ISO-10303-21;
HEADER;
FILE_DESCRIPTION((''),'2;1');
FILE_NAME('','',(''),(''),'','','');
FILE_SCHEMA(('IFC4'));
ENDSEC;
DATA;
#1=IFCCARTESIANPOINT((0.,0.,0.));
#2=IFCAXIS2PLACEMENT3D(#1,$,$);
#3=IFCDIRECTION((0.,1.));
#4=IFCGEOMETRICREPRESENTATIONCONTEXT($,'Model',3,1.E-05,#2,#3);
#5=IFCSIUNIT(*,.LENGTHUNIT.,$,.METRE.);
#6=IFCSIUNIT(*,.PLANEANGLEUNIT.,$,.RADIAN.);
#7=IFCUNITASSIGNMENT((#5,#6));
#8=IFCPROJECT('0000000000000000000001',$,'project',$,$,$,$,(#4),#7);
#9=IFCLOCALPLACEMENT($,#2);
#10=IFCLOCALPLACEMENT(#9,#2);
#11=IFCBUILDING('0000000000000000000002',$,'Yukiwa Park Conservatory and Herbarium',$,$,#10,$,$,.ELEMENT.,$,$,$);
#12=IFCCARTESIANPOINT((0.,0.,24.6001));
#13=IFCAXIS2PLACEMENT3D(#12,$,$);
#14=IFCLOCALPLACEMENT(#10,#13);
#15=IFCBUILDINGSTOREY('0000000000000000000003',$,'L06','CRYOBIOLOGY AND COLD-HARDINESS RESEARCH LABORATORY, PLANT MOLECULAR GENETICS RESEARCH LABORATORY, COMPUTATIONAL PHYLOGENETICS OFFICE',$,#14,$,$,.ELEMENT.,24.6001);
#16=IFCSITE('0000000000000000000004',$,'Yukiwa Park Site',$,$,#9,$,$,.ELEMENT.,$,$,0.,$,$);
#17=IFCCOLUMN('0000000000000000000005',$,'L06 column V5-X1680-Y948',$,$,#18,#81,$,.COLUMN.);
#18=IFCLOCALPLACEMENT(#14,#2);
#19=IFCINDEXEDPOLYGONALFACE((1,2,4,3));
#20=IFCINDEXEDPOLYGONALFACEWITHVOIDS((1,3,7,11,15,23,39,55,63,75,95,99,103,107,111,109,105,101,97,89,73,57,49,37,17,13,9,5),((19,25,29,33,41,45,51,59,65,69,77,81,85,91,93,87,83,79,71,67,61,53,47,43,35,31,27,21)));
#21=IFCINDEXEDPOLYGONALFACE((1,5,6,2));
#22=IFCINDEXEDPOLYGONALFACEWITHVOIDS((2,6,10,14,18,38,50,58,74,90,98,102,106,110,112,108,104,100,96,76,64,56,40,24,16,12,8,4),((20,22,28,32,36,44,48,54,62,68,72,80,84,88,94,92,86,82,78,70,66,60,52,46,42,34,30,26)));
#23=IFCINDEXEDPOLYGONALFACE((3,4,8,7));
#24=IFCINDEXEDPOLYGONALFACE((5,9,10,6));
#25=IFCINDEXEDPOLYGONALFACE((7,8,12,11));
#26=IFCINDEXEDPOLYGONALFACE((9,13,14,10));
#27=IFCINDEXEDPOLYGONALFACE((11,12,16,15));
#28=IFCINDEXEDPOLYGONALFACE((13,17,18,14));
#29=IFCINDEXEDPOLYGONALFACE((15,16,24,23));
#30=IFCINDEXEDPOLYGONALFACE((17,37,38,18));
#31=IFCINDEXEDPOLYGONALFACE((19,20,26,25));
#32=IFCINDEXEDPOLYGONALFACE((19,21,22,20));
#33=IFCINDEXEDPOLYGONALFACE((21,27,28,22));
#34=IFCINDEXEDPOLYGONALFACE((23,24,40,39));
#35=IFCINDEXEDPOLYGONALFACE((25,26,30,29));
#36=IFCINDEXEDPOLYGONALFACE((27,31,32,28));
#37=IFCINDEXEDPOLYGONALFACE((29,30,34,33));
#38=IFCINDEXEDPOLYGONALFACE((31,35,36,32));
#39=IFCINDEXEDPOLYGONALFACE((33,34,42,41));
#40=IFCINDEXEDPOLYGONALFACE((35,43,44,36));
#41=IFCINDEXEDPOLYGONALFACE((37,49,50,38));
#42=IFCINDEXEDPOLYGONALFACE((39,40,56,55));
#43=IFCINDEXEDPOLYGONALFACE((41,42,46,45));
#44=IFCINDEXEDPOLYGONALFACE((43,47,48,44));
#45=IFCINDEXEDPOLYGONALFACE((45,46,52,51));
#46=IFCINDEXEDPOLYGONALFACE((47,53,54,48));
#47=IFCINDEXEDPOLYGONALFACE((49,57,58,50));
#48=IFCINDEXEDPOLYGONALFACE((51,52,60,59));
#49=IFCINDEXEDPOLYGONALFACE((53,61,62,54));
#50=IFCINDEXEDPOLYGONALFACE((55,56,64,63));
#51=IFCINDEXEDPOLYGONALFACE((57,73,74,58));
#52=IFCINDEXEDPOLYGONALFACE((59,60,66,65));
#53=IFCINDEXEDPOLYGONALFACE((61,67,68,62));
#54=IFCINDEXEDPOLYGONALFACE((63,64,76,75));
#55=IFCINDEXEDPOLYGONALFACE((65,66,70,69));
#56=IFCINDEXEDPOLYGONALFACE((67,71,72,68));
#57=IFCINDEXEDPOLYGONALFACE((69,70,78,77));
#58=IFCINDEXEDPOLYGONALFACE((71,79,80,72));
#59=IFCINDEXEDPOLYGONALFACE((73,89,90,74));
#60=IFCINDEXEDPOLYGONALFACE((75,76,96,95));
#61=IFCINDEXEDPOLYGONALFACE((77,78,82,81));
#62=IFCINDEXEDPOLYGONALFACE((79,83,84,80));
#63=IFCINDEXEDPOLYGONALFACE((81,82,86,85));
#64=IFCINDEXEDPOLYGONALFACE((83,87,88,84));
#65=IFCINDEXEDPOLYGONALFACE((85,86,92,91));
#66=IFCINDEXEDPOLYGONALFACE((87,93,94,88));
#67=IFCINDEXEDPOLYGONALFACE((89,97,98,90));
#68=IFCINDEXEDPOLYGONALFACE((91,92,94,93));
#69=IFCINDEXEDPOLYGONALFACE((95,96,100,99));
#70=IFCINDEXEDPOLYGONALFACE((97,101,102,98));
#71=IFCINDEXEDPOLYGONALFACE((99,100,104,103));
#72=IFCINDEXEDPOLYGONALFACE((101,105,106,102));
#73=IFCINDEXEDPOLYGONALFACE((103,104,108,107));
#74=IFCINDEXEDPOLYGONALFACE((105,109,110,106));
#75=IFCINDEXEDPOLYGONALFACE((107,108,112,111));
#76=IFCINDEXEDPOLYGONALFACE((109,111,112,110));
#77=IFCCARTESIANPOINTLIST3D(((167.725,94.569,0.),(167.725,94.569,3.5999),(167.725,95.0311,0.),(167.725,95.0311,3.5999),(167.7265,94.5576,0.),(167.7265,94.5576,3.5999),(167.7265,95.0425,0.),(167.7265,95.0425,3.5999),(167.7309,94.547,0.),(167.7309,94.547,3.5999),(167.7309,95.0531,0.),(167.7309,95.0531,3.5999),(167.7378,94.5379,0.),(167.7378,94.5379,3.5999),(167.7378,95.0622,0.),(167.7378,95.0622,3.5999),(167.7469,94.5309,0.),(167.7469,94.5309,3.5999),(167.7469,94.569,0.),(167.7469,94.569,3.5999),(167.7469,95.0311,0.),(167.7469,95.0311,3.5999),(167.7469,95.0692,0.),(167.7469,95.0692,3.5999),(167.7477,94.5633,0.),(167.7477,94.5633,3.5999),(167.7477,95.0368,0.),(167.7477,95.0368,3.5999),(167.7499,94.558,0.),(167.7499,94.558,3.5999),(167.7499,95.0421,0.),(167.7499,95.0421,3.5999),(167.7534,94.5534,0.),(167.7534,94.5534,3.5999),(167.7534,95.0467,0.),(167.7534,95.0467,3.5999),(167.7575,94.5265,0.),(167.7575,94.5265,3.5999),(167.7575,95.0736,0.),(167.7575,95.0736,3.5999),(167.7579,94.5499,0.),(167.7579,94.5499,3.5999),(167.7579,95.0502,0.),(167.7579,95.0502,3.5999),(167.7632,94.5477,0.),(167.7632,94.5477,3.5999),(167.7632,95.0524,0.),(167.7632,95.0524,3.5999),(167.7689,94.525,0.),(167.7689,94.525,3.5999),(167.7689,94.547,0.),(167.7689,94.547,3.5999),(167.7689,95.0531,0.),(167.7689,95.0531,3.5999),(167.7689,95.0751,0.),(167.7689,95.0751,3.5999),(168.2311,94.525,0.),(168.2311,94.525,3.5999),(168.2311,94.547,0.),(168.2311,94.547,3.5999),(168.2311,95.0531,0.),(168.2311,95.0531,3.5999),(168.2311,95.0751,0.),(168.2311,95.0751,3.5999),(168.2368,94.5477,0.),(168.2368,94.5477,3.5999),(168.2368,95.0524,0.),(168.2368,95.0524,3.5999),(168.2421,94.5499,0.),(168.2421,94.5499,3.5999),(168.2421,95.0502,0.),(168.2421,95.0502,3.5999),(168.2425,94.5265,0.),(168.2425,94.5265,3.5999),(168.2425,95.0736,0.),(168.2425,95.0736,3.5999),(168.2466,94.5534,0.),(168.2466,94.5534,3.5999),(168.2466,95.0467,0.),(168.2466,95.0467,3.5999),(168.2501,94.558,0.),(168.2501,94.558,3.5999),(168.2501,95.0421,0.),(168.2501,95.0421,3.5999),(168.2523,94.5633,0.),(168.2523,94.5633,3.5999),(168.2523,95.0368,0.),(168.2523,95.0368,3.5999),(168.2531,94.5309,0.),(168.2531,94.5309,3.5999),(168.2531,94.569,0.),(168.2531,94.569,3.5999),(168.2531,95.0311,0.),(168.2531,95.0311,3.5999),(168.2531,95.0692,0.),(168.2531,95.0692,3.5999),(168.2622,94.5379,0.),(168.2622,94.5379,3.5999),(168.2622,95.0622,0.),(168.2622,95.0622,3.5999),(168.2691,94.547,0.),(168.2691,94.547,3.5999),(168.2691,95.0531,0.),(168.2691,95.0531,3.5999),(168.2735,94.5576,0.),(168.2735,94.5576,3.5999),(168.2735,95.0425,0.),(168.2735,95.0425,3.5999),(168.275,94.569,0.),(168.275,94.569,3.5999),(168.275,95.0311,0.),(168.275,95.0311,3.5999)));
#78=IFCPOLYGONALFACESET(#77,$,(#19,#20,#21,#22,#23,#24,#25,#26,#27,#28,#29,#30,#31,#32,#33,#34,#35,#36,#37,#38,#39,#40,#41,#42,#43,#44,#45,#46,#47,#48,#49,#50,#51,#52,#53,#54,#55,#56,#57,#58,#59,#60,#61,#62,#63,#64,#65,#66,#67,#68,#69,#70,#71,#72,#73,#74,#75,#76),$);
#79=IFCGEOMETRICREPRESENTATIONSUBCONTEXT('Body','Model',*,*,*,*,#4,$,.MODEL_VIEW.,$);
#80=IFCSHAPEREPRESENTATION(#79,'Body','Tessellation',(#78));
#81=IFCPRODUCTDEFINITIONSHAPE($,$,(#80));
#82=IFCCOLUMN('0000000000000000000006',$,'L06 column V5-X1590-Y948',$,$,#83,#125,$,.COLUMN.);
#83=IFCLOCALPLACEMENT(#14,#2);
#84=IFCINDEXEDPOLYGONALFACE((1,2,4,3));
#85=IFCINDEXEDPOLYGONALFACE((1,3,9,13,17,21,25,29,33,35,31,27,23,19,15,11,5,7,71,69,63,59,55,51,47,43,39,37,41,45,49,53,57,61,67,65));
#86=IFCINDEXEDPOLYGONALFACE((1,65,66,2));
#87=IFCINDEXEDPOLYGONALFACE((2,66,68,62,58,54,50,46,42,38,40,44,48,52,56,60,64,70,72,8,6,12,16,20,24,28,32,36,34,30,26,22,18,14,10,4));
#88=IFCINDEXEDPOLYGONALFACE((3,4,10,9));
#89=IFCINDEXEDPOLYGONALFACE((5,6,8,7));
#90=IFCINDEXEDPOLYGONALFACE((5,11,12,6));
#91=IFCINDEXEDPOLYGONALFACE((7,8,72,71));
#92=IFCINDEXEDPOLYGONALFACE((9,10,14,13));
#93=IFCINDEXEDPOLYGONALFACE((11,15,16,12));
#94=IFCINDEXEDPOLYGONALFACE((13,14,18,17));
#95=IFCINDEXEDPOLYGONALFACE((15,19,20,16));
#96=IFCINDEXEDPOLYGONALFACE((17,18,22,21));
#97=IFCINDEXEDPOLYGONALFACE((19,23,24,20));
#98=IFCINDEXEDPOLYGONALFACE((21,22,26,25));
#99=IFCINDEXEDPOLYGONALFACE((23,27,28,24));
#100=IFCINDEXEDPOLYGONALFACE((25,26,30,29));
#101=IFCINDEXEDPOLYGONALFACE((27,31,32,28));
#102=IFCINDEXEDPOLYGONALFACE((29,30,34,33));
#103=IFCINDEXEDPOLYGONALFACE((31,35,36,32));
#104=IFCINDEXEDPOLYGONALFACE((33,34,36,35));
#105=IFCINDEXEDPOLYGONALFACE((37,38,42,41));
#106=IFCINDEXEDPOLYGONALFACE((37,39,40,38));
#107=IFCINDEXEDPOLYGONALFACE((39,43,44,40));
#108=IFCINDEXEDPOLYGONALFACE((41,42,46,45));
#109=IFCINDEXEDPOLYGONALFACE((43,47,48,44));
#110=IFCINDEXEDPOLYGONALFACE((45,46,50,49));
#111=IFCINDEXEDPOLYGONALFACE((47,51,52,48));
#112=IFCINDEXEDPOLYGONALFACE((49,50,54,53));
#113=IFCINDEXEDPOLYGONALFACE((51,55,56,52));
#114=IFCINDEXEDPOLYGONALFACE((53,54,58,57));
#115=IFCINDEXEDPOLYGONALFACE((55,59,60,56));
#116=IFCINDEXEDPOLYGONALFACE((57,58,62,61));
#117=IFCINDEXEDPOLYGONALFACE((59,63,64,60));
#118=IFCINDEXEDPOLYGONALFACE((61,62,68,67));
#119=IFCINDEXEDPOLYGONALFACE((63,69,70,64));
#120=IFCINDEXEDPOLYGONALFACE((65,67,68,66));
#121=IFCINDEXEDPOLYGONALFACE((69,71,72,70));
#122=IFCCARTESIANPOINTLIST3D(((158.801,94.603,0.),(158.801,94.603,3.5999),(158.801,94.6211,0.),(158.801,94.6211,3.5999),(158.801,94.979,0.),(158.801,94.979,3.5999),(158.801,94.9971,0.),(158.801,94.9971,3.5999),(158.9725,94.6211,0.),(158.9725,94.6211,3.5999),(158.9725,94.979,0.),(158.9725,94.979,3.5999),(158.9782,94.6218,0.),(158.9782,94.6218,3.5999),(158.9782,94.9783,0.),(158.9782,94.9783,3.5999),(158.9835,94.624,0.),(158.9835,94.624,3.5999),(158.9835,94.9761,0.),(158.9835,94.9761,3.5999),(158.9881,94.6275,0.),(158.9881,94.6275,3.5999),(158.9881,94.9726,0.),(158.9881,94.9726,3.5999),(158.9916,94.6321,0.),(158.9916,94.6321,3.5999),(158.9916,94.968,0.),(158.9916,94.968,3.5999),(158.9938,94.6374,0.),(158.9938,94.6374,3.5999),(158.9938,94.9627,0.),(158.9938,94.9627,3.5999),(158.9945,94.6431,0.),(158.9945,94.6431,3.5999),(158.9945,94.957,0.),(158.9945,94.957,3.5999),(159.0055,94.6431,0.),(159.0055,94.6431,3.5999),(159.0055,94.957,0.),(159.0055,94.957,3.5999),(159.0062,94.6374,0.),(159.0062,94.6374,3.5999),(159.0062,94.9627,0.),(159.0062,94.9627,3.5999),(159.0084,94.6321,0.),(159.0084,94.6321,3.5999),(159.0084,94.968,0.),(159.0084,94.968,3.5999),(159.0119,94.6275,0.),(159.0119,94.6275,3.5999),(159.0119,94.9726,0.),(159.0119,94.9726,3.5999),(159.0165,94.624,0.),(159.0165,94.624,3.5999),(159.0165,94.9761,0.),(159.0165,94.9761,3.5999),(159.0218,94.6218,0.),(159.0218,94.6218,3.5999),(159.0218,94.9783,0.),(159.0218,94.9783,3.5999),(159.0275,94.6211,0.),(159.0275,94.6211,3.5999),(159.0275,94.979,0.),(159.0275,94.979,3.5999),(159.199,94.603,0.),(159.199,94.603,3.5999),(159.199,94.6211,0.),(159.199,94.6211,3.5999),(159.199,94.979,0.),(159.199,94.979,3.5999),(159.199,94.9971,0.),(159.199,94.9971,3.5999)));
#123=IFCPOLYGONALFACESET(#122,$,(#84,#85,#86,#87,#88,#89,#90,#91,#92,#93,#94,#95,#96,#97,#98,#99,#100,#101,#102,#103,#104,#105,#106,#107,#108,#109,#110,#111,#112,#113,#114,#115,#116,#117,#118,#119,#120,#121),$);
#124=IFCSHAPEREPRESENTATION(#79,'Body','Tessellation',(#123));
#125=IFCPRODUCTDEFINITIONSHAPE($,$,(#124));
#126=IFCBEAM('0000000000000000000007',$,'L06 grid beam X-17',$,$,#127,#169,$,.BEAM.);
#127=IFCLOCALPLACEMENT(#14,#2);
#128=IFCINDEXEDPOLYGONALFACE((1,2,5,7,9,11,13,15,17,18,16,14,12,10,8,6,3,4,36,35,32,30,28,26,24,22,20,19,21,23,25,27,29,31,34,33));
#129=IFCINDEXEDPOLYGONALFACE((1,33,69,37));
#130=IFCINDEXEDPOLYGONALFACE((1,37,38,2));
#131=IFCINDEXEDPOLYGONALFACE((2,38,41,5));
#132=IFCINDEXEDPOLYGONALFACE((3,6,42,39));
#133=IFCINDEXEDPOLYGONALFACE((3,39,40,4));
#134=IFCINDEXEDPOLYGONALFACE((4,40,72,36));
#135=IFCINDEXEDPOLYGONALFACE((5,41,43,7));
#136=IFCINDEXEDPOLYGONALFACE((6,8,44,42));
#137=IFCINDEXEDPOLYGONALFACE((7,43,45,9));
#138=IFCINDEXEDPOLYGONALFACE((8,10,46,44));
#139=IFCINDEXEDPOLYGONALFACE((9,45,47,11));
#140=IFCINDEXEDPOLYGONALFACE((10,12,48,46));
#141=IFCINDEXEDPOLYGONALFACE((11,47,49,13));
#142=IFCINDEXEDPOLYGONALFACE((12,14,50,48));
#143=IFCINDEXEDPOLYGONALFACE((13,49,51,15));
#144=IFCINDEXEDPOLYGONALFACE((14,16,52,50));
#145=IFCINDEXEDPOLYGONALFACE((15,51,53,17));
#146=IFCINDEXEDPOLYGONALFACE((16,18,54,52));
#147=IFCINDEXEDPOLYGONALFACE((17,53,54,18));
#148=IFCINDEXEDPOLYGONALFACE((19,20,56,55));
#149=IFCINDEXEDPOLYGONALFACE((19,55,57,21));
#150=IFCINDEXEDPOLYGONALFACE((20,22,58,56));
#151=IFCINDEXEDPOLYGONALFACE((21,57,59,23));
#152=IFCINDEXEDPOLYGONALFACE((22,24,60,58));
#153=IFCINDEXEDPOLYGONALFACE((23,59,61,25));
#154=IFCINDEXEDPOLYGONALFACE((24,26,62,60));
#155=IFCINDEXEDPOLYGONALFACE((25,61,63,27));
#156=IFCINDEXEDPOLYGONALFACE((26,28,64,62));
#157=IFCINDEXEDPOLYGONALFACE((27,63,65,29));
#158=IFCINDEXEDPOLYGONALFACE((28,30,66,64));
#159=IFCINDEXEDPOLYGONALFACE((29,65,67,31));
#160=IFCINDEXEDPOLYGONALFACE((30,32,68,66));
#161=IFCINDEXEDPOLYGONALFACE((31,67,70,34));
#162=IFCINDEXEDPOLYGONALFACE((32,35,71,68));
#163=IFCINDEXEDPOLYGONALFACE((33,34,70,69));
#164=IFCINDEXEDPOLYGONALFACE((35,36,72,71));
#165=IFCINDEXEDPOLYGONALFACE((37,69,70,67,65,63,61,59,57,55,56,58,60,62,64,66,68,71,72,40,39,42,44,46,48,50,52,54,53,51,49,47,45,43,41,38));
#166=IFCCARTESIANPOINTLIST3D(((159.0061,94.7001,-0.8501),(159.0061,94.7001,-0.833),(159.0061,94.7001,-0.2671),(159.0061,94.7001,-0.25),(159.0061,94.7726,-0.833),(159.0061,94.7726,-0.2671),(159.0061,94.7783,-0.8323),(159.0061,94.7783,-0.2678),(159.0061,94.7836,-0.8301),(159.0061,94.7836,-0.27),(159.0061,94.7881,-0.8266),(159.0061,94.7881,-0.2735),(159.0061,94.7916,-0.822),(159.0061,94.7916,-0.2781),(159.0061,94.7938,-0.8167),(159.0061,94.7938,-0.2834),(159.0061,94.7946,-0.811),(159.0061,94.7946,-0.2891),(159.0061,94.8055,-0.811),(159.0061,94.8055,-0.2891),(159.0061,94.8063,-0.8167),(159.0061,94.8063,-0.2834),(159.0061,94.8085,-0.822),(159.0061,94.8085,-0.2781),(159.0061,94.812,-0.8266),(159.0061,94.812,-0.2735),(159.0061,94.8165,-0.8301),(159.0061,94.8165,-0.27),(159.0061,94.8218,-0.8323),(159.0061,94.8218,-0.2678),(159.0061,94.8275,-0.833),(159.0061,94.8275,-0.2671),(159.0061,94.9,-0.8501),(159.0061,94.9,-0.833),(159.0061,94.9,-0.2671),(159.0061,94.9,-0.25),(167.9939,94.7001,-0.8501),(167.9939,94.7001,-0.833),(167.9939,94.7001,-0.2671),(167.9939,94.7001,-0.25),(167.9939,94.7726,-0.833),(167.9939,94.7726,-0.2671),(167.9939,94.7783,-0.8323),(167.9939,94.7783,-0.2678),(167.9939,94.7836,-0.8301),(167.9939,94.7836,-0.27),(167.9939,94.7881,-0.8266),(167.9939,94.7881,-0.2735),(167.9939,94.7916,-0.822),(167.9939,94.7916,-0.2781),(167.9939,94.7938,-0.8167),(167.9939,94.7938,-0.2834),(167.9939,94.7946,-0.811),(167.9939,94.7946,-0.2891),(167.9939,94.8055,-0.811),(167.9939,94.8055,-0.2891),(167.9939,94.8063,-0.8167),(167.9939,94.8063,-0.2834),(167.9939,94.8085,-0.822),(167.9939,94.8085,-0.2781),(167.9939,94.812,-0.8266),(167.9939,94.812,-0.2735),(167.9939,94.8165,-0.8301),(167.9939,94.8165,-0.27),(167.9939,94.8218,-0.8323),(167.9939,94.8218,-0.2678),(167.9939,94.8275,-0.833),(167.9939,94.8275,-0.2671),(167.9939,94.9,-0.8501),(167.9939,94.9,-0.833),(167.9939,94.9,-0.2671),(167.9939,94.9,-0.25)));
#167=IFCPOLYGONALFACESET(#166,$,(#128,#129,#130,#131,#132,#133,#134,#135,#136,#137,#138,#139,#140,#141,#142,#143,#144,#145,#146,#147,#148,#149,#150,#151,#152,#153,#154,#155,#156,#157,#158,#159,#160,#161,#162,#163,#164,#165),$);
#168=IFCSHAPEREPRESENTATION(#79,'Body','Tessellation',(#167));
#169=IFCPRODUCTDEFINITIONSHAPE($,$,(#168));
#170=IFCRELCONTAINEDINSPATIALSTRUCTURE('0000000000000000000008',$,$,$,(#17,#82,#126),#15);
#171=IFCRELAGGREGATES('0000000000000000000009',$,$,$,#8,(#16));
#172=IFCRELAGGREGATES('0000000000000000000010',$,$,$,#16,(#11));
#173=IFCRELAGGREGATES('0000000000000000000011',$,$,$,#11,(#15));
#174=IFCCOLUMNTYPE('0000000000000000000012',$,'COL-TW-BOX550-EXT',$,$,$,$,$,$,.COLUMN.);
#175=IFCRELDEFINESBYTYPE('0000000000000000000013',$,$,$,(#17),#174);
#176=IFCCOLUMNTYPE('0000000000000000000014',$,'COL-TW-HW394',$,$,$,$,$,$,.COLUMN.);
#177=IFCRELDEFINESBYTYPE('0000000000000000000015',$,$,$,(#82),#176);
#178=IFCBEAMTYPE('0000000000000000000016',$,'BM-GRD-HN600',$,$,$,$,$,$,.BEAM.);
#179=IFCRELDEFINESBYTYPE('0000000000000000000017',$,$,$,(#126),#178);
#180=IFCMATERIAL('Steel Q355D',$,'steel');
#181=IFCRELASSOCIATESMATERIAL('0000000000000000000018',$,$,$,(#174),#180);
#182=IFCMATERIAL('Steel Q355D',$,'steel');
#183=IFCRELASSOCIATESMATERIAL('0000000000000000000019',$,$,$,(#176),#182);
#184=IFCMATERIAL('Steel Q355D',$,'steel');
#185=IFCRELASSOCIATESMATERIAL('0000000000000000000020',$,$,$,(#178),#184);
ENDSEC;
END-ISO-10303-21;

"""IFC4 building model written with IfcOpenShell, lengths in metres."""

from ifc_helpers import new_model, si_unit, direction, frame, origin, origin_2d, place, context, subcontext, project, spatial, hollow_rectangle, i_section, extrude, material, material_profile, profile_set, type_object, element, save


model = new_model("IFC4")

# Units and contexts
model_context = context("Model", 3, precision=1e-05, world=origin(), true_north=direction((0.0, 1.0)))
body_context = subcontext(model_context, "Body", "Model", "MODEL_VIEW")
ifc_project = project(units=[si_unit("LENGTHUNIT", "METRE"), si_unit("PLANEANGLEUNIT", "RADIAN")], contexts=[model_context])

# Site, building, storey
site_placement = place(None, origin())
site = spatial("IfcSite", under=ifc_project, at=site_placement, Name="Yukiwa Park Site", CompositionType="ELEMENT", RefElevation=0.0)
building_placement = place(site_placement, origin())
building = spatial("IfcBuilding", under=site, at=building_placement, Name="Yukiwa Park Conservatory and Herbarium", CompositionType="ELEMENT")
storey_placement = place(building_placement, frame((0.0, 0.0, 24.6001)))
storey = spatial("IfcBuildingStorey", under=building, at=storey_placement, Name="L06", Description="CRYOBIOLOGY AND COLD-HARDINESS RESEARCH LABORATORY, PLANT MOLECULAR GENETICS RESEARCH LABORATORY, COMPUTATIONAL PHYLOGENETICS OFFICE", CompositionType="ELEMENT", Elevation=24.6001)

# Columns
ifc_material_1 = material(Name="Steel Q355D", Category="steel")
ifc_material_profile_1 = material_profile(ifc_material_1, hollow_rectangle(XDim=0.55, YDim=0.55, WallThickness=0.022, InnerFilletRadius=0.022, OuterFilletRadius=0.0439, at=origin_2d()), Name="BOX 550x550x22")
ifc_profile_set_1 = profile_set([ifc_material_profile_1], Name="Steel Q355D")
column_type_1 = type_object("IfcColumnType", Name="COL-TW-BOX550-EXT", PredefinedType="COLUMN", material=ifc_profile_set_1)
column_1_placement = place(storey_placement, frame((168.0, 94.8, 0.0), z_axis=(0.0, 0.0, 1.0), x_axis=(1.0, 0.0, 0.0)))
element("IfcColumn", 1, at=column_1_placement, inside=storey, type_object=column_type_1, Name="L06 column V5-X1680-Y948", PredefinedType="COLUMN", context=body_context, shape_type="SweptSolid", body=[
    extrude(hollow_rectangle(XDim=0.55, YDim=0.55, WallThickness=0.022, InnerFilletRadius=0.022, OuterFilletRadius=0.0439, at=origin_2d()), origin(), (0.0, 0.0, 1.0), 3.5999),
])
ifc_material_2 = material(Name="Steel Q355D", Category="steel")
ifc_material_profile_2 = material_profile(ifc_material_2, i_section(OverallWidth=0.3979, OverallDepth=0.394, WebThickness=0.011, FlangeThickness=0.0181, FilletRadius=0.022, at=origin_2d()), Name="HW 394x398x11x18")
ifc_profile_set_2 = profile_set([ifc_material_profile_2], Name="Steel Q355D")
column_type_2 = type_object("IfcColumnType", Name="COL-TW-HW394", PredefinedType="COLUMN", material=ifc_profile_set_2)
column_2_placement = place(storey_placement, frame((159.0, 94.8, 0.0), z_axis=(0.0, 0.0, 1.0), x_axis=(1.0, 0.0, 0.0)))
element("IfcColumn", 2, at=column_2_placement, inside=storey, type_object=column_type_2, Name="L06 column V5-X1590-Y948", PredefinedType="COLUMN", context=body_context, shape_type="SweptSolid", body=[
    extrude(i_section(OverallWidth=0.3979, OverallDepth=0.394, WebThickness=0.011, FlangeThickness=0.0181, FilletRadius=0.022, at=origin_2d()), origin(), (0.0, 0.0, 1.0), 3.5999),
])

# Beam
ifc_material_3 = material(Name="Steel Q355D", Category="steel")
ifc_material_profile_3 = material_profile(ifc_material_3, i_section(OverallWidth=0.2, OverallDepth=0.6001, WebThickness=0.011, FlangeThickness=0.0171, FilletRadius=0.022, at=origin_2d()), Name="HN 600x200x11x17")
ifc_profile_set_3 = profile_set([ifc_material_profile_3], Name="Steel Q355D")
beam_type_1 = type_object("IfcBeamType", Name="BM-GRD-HN600", PredefinedType="BEAM", material=ifc_profile_set_3)
beam_placement = place(storey_placement, frame((159.0061, 94.8, -0.55), z_axis=(1.0, 0.0, 0.0), x_axis=(0.0, 1.0, 0.0)))
element("IfcBeam", 3, at=beam_placement, inside=storey, type_object=beam_type_1, Name="L06 grid beam X-17", PredefinedType="BEAM", context=body_context, shape_type="SweptSolid", body=[
    extrude(i_section(OverallWidth=0.2, OverallDepth=0.6001, WebThickness=0.011, FlangeThickness=0.0171, FilletRadius=0.022, at=origin_2d()), origin(), (0.0, 0.0, 1.0), 8.9878),
])

save(model, "model.ifc")
